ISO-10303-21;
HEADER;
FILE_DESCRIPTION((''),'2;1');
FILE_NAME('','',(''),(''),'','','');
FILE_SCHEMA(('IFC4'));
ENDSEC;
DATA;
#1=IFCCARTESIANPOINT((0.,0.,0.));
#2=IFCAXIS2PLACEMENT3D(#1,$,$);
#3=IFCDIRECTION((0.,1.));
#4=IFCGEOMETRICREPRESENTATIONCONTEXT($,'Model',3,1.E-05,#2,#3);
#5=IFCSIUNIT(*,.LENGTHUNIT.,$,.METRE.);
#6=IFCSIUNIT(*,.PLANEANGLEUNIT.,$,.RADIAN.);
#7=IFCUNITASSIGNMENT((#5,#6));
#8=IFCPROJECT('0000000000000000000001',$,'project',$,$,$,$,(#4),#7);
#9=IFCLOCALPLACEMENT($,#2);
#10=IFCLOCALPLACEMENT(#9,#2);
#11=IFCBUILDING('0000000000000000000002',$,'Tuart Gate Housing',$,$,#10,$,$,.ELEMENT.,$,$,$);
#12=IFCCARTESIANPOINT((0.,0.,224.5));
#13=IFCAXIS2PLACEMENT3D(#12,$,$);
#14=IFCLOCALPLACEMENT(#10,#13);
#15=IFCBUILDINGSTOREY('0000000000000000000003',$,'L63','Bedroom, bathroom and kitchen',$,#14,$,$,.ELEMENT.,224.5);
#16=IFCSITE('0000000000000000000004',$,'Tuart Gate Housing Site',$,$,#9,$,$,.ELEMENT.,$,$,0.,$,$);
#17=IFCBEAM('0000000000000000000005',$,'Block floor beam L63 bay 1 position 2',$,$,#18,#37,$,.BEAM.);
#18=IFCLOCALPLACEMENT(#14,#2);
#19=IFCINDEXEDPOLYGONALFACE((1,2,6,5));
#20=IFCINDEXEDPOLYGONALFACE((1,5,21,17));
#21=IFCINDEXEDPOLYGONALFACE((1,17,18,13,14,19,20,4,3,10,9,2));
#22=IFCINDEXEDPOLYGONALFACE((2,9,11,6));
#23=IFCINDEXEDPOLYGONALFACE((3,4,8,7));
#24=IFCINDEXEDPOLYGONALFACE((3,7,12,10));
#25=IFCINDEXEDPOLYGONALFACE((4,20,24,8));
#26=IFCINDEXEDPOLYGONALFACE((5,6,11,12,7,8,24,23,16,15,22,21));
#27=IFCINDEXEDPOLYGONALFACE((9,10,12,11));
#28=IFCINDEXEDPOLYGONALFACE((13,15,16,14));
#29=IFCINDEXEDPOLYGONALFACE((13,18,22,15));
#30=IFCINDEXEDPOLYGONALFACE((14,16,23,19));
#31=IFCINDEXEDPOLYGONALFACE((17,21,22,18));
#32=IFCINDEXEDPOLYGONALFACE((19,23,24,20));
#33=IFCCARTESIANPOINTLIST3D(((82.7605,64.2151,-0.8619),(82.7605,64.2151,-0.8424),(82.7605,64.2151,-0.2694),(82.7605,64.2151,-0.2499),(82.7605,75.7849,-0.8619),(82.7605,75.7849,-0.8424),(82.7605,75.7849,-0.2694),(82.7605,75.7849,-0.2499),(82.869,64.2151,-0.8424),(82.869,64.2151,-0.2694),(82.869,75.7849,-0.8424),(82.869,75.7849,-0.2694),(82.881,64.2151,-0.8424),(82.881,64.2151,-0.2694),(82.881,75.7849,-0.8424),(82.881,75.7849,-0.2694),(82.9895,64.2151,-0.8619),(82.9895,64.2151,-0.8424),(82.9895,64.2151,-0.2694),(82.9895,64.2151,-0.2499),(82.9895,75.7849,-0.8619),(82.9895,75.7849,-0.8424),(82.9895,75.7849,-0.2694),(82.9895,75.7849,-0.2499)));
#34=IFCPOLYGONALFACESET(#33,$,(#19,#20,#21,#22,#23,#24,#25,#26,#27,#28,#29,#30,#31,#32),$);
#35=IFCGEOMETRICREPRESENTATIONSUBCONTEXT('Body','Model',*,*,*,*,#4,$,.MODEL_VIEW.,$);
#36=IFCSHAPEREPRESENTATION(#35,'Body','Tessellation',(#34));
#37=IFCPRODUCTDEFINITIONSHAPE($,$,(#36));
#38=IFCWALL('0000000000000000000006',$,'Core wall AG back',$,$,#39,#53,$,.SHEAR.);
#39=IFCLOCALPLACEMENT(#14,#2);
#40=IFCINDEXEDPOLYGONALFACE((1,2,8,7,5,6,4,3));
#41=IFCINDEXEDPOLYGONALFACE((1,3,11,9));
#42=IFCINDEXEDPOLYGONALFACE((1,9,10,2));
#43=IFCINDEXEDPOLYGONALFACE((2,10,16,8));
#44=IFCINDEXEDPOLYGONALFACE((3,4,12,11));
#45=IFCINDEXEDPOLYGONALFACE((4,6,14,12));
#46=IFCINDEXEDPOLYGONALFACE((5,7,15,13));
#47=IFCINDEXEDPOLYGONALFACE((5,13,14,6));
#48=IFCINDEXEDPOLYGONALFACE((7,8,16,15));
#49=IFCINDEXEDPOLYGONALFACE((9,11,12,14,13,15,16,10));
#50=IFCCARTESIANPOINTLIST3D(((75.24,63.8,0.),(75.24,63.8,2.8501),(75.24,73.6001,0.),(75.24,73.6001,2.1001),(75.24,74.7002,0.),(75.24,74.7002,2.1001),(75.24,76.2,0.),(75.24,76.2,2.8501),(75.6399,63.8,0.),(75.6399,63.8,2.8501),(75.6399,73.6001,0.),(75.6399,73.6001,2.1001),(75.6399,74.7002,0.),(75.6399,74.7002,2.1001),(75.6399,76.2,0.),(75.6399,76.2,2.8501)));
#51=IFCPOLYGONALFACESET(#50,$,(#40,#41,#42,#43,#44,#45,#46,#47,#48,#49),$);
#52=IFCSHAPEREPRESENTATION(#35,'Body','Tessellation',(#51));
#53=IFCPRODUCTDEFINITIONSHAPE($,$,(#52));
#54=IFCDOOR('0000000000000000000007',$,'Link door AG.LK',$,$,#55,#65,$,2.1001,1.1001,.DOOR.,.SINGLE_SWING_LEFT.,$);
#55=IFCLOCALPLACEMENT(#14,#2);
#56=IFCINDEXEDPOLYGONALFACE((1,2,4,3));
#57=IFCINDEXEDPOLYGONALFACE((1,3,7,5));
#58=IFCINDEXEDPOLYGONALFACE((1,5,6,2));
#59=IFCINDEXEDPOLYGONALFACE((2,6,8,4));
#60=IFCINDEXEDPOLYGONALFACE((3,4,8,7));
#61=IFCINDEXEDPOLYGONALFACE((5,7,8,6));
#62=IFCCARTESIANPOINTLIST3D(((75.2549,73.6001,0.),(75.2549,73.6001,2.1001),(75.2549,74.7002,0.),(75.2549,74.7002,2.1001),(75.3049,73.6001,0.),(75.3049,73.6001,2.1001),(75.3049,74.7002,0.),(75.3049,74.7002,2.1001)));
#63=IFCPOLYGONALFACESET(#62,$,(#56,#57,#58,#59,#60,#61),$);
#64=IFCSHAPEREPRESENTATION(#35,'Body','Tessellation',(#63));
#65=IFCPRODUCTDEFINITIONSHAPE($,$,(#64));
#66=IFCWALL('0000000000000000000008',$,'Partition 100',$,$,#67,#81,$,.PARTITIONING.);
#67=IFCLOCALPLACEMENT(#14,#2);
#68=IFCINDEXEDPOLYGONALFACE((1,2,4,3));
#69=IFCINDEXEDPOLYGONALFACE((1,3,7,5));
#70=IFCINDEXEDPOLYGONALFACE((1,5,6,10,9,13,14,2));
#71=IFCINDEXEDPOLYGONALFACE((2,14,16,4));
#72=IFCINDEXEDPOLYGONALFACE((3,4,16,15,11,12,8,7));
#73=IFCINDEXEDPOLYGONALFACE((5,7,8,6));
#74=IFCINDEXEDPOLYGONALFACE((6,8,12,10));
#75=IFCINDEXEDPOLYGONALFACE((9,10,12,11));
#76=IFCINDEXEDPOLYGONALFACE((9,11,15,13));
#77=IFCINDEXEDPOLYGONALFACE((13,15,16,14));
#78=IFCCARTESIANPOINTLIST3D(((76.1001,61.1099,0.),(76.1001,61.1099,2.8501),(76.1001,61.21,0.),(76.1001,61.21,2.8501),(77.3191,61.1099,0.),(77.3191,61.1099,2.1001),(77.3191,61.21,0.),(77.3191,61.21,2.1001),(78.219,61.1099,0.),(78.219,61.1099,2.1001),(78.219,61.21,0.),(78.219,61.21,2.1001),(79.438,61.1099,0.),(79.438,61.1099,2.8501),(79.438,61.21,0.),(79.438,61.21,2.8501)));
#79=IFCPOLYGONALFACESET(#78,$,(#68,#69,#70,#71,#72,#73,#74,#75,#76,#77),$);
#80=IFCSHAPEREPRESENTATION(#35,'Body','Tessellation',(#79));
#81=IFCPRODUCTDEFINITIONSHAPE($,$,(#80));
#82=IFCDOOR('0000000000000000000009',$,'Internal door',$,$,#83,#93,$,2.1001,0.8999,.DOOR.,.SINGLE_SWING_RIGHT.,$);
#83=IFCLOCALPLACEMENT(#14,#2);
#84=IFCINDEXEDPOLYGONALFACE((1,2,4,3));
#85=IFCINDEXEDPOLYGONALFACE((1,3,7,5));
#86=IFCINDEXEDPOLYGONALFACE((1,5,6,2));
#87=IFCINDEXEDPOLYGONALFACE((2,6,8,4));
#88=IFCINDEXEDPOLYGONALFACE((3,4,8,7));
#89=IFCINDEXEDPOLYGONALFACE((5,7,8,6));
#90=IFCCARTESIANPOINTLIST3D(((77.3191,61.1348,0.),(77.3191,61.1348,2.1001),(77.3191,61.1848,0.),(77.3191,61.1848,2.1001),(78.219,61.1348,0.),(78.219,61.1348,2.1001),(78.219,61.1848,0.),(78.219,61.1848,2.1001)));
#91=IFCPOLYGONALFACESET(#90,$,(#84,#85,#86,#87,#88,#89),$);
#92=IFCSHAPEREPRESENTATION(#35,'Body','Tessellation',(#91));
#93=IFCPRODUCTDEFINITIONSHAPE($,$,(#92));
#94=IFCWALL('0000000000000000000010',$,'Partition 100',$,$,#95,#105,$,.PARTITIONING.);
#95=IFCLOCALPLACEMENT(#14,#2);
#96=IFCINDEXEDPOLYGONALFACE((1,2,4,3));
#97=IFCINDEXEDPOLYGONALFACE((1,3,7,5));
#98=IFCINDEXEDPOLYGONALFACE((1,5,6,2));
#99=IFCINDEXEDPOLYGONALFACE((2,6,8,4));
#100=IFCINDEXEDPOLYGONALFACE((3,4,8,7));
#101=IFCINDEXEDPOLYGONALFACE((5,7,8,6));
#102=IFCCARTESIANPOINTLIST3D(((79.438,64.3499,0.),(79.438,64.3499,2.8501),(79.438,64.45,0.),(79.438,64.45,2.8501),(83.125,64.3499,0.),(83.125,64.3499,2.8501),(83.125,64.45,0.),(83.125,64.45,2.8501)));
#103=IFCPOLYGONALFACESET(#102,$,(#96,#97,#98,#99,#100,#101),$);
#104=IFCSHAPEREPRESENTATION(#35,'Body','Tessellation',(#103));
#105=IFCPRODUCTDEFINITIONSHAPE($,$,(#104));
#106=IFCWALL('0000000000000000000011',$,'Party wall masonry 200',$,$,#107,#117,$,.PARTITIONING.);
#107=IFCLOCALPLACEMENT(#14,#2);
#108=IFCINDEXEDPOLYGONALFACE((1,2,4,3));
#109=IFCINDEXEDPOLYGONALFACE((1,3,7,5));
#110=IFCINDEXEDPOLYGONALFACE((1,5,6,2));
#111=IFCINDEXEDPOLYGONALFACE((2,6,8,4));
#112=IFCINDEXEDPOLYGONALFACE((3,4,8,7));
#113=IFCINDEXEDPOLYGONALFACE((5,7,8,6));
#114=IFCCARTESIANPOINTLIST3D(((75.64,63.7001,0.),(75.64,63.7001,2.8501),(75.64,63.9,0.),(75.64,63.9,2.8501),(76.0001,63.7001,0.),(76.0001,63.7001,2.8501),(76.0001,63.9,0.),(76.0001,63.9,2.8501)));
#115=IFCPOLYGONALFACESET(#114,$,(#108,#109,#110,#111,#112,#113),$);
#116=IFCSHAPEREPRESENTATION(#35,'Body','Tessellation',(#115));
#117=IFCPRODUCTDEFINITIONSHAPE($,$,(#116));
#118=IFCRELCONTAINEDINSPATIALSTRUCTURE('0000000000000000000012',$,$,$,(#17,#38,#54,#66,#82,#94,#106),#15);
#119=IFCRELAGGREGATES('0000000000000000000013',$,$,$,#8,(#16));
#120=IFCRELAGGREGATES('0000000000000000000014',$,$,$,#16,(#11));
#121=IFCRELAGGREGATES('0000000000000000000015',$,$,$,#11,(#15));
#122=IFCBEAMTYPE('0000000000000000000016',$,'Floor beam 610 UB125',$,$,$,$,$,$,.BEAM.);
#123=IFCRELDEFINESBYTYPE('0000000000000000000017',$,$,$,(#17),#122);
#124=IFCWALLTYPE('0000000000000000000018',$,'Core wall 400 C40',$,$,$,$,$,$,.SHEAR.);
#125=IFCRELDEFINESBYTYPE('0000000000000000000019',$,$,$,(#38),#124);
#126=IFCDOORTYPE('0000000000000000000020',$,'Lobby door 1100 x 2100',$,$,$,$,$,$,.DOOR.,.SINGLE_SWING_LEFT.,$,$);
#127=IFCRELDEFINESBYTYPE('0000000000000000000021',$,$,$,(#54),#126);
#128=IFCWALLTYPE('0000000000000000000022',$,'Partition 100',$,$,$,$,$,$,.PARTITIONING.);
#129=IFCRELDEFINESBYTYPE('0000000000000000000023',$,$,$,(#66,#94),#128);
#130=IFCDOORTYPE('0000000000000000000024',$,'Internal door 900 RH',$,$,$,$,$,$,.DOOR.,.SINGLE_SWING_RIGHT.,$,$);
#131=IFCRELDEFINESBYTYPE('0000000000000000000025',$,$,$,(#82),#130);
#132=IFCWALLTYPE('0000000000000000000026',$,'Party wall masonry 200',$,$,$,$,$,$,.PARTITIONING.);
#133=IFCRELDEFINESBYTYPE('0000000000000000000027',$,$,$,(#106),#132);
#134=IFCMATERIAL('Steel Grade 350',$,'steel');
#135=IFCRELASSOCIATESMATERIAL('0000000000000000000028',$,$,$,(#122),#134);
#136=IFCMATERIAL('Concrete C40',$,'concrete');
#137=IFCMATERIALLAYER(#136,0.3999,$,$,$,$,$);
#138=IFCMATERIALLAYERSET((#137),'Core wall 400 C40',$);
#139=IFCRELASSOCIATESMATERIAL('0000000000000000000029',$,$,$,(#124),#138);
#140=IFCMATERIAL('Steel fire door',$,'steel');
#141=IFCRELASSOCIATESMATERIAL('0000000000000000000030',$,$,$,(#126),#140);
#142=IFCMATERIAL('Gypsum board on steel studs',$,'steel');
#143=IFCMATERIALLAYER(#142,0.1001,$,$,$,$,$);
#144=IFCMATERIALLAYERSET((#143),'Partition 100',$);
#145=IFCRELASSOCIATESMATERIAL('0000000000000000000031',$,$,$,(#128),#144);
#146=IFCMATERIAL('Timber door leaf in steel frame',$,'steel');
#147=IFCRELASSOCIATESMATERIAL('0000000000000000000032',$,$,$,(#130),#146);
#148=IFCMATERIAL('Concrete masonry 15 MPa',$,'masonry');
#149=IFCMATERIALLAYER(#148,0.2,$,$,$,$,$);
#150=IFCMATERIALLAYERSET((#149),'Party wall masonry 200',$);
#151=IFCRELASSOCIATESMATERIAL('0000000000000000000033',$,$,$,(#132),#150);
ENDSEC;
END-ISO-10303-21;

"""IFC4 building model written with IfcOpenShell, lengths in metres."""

from ifc_helpers import new_model, si_unit, direction, frame, frame_2d, origin, origin_2d, place, context, subcontext, project, spatial, rectangle, i_section, extrude, material, layer, layer_set, material_profile, profile_set, type_object, element, fill, save


model = new_model("IFC4")

# Units and contexts
model_context = context("Model", 3, precision=1e-05, world=origin(), true_north=direction((0.0, 1.0)))
body_context = subcontext(model_context, "Body", "Model", "MODEL_VIEW")
ifc_project = project(units=[si_unit("LENGTHUNIT", "METRE"), si_unit("PLANEANGLEUNIT", "RADIAN")], contexts=[model_context])

# Site, building, storey
site_placement = place(None, origin())
site = spatial("IfcSite", under=ifc_project, at=site_placement, Name="Tuart Gate Housing Site", CompositionType="ELEMENT", RefElevation=0.0)
building_placement = place(site_placement, origin())
building = spatial("IfcBuilding", under=site, at=building_placement, Name="Tuart Gate Housing", CompositionType="ELEMENT")
storey_placement = place(building_placement, frame((0.0, 0.0, 224.5)))
storey = spatial("IfcBuildingStorey", under=building, at=storey_placement, Name="L63", Description="Bedroom, bathroom and kitchen", CompositionType="ELEMENT", Elevation=224.5)

# Beam
ifc_material_1 = material(Name="Steel Grade 350", Category="steel")
ifc_material_profile = material_profile(ifc_material_1, i_section(OverallWidth=0.229, OverallDepth=0.6121, WebThickness=0.012, FlangeThickness=0.0195, at=origin_2d()), Name="610UB125")
ifc_profile_set = profile_set([ifc_material_profile], Name="Steel Grade 350")
beam_type = type_object("IfcBeamType", Name="Floor beam 610 UB125", PredefinedType="BEAM", material=ifc_profile_set)
beam_placement = place(storey_placement, frame((82.875, 64.2151, -0.5559), z_axis=(0.0, 1.0, 0.0), x_axis=(-1.0, 0.0, 0.0)))
element("IfcBeam", 1, at=beam_placement, inside=storey, type_object=beam_type, Name="Block floor beam L63 bay 1 position 2", PredefinedType="BEAM", context=body_context, shape_type="SweptSolid", body=[
    extrude(i_section(OverallWidth=0.229, OverallDepth=0.6121, WebThickness=0.012, FlangeThickness=0.0195, at=origin_2d()), origin(), (0.0, 0.0, 1.0), 11.5698),
])

# Walls, openings, doors
ifc_material_2 = material(Name="Concrete C40", Category="concrete")
ifc_layer_1 = layer(ifc_material_2, 0.3999)
ifc_layer_set_1 = layer_set([ifc_layer_1], Name="Core wall 400 C40")
wall_type_1 = type_object("IfcWallType", Name="Core wall 400 C40", PredefinedType="SHEAR", material=ifc_layer_set_1)
wall_1_placement = place(storey_placement, frame((75.4399, 63.8, 0.0), z_axis=(0.0, 0.0, 1.0), x_axis=(0.0, 1.0, 0.0)))
wall_1 = element("IfcWall", 2, at=wall_1_placement, inside=storey, type_object=wall_type_1, Name="Core wall AG back", PredefinedType="SHEAR", context=body_context, shape_type="SweptSolid", body=[
    extrude(rectangle(XDim=12.3999, YDim=0.3999, at=frame_2d((6.2, 0.0))), origin(), (0.0, 0.0, 1.0), 2.8501),
])
opening_1_placement = place(wall_1_placement, frame((9.8, 0.0, 0.0)))
opening_1 = element("IfcOpeningElement", 3, at=opening_1_placement, cuts=wall_1, PredefinedType="OPENING", context=body_context, shape_type="SweptSolid", body=[
    extrude(rectangle(XDim=1.1001, YDim=2.1001, at=frame_2d((0.55, 1.05))), frame((0.0, 0.21, 0.0), z_axis=(0.0, -1.0, 0.0), x_axis=(1.0, 0.0, 0.0)), (0.0, 0.0, 1.0), 0.4199),
])
ifc_material_3 = material(Name="Steel fire door", Category="steel")
door_type_1 = type_object("IfcDoorType", Name="Lobby door 1100 x 2100", OperationType="SINGLE_SWING_LEFT", PredefinedType="DOOR", material=ifc_material_3)
door_1_placement = place(opening_1_placement, origin())
door_1 = element("IfcDoor", 4, at=door_1_placement, inside=storey, type_object=door_type_1, Name="Link door AG.LK", OperationType="SINGLE_SWING_LEFT", OverallHeight=2.1001, OverallWidth=1.1001, PredefinedType="DOOR", context=body_context, shape_type="SweptSolid", body=[
    extrude(rectangle(XDim=1.1001, YDim=2.1001, at=frame_2d((0.55, 1.05))), frame((0.0, 0.1851, 0.0), z_axis=(0.0, -1.0, 0.0), x_axis=(1.0, 0.0, 0.0)), (0.0, 0.0, 1.0), 0.05),
])
fill(opening_1, door_1)
ifc_material_4 = material(Name="Gypsum board on steel studs", Category="steel")
ifc_layer_2 = layer(ifc_material_4, 0.1001)
ifc_layer_set_2 = layer_set([ifc_layer_2], Name="Partition 100")
wall_type_2 = type_object("IfcWallType", Name="Partition 100", PredefinedType="PARTITIONING", material=ifc_layer_set_2)
wall_2_placement = place(storey_placement, frame((76.1001, 61.1599, 0.0), z_axis=(0.0, 0.0, 1.0), x_axis=(1.0, 0.0, 0.0)))
wall_2 = element("IfcWall", 5, at=wall_2_placement, inside=storey, type_object=wall_type_2, Name="Partition 100", PredefinedType="PARTITIONING", context=body_context, shape_type="SweptSolid", body=[
    extrude(rectangle(XDim=3.3379, YDim=0.1001, at=frame_2d((1.6689, 0.0))), origin(), (0.0, 0.0, 1.0), 2.8501),
])
opening_2_placement = place(wall_2_placement, frame((1.219, 0.0, 0.0)))
opening_2 = element("IfcOpeningElement", 6, at=opening_2_placement, cuts=wall_2, PredefinedType="OPENING", context=body_context, shape_type="SweptSolid", body=[
    extrude(rectangle(XDim=0.8999, YDim=2.1001, at=frame_2d((0.45, 1.05))), frame((0.0, 0.0601, 0.0), z_axis=(0.0, -1.0, 0.0), x_axis=(1.0, 0.0, 0.0)), (0.0, 0.0, 1.0), 0.1201),
])
ifc_material_5 = material(Name="Timber door leaf in steel frame", Category="steel")
door_type_2 = type_object("IfcDoorType", Name="Internal door 900 RH", OperationType="SINGLE_SWING_RIGHT", PredefinedType="DOOR", material=ifc_material_5)
door_2_placement = place(opening_2_placement, origin())
door_2 = element("IfcDoor", 7, at=door_2_placement, inside=storey, type_object=door_type_2, Name="Internal door", OperationType="SINGLE_SWING_RIGHT", OverallHeight=2.1001, OverallWidth=0.8999, PredefinedType="DOOR", context=body_context, shape_type="SweptSolid", body=[
    extrude(rectangle(XDim=0.8999, YDim=2.1001, at=frame_2d((0.45, 1.05))), frame((0.0, 0.0249, 0.0), z_axis=(0.0, -1.0, 0.0), x_axis=(1.0, 0.0, 0.0)), (0.0, 0.0, 1.0), 0.05),
])
fill(opening_2, door_2)

# Walls
wall_3_placement = place(storey_placement, frame((79.438, 64.3999, 0.0), z_axis=(0.0, 0.0, 1.0), x_axis=(1.0, 0.0, 0.0)))
element("IfcWall", 8, at=wall_3_placement, inside=storey, type_object=wall_type_2, Name="Partition 100", PredefinedType="PARTITIONING", context=body_context, shape_type="SweptSolid", body=[
    extrude(rectangle(XDim=3.687, YDim=0.1001, at=frame_2d((1.8435, 0.0))), origin(), (0.0, 0.0, 1.0), 2.8501),
])
ifc_material_6 = material(Name="Concrete masonry 15 MPa", Category="masonry")
ifc_layer_3 = layer(ifc_material_6, 0.2)
ifc_layer_set_3 = layer_set([ifc_layer_3], Name="Party wall masonry 200")
wall_type_3 = type_object("IfcWallType", Name="Party wall masonry 200", PredefinedType="PARTITIONING", material=ifc_layer_set_3)
wall_4_placement = place(storey_placement, frame((75.6399, 63.8, 0.0), z_axis=(0.0, 0.0, 1.0), x_axis=(1.0, 0.0, 0.0)))
element("IfcWall", 9, at=wall_4_placement, inside=storey, type_object=wall_type_3, Name="Party wall masonry 200", PredefinedType="PARTITIONING", context=body_context, shape_type="SweptSolid", body=[
    extrude(rectangle(XDim=0.3601, YDim=0.2, at=frame_2d((0.1802, 0.0))), origin(), (0.0, 0.0, 1.0), 2.8501),
])

save(model, "model.ifc")
